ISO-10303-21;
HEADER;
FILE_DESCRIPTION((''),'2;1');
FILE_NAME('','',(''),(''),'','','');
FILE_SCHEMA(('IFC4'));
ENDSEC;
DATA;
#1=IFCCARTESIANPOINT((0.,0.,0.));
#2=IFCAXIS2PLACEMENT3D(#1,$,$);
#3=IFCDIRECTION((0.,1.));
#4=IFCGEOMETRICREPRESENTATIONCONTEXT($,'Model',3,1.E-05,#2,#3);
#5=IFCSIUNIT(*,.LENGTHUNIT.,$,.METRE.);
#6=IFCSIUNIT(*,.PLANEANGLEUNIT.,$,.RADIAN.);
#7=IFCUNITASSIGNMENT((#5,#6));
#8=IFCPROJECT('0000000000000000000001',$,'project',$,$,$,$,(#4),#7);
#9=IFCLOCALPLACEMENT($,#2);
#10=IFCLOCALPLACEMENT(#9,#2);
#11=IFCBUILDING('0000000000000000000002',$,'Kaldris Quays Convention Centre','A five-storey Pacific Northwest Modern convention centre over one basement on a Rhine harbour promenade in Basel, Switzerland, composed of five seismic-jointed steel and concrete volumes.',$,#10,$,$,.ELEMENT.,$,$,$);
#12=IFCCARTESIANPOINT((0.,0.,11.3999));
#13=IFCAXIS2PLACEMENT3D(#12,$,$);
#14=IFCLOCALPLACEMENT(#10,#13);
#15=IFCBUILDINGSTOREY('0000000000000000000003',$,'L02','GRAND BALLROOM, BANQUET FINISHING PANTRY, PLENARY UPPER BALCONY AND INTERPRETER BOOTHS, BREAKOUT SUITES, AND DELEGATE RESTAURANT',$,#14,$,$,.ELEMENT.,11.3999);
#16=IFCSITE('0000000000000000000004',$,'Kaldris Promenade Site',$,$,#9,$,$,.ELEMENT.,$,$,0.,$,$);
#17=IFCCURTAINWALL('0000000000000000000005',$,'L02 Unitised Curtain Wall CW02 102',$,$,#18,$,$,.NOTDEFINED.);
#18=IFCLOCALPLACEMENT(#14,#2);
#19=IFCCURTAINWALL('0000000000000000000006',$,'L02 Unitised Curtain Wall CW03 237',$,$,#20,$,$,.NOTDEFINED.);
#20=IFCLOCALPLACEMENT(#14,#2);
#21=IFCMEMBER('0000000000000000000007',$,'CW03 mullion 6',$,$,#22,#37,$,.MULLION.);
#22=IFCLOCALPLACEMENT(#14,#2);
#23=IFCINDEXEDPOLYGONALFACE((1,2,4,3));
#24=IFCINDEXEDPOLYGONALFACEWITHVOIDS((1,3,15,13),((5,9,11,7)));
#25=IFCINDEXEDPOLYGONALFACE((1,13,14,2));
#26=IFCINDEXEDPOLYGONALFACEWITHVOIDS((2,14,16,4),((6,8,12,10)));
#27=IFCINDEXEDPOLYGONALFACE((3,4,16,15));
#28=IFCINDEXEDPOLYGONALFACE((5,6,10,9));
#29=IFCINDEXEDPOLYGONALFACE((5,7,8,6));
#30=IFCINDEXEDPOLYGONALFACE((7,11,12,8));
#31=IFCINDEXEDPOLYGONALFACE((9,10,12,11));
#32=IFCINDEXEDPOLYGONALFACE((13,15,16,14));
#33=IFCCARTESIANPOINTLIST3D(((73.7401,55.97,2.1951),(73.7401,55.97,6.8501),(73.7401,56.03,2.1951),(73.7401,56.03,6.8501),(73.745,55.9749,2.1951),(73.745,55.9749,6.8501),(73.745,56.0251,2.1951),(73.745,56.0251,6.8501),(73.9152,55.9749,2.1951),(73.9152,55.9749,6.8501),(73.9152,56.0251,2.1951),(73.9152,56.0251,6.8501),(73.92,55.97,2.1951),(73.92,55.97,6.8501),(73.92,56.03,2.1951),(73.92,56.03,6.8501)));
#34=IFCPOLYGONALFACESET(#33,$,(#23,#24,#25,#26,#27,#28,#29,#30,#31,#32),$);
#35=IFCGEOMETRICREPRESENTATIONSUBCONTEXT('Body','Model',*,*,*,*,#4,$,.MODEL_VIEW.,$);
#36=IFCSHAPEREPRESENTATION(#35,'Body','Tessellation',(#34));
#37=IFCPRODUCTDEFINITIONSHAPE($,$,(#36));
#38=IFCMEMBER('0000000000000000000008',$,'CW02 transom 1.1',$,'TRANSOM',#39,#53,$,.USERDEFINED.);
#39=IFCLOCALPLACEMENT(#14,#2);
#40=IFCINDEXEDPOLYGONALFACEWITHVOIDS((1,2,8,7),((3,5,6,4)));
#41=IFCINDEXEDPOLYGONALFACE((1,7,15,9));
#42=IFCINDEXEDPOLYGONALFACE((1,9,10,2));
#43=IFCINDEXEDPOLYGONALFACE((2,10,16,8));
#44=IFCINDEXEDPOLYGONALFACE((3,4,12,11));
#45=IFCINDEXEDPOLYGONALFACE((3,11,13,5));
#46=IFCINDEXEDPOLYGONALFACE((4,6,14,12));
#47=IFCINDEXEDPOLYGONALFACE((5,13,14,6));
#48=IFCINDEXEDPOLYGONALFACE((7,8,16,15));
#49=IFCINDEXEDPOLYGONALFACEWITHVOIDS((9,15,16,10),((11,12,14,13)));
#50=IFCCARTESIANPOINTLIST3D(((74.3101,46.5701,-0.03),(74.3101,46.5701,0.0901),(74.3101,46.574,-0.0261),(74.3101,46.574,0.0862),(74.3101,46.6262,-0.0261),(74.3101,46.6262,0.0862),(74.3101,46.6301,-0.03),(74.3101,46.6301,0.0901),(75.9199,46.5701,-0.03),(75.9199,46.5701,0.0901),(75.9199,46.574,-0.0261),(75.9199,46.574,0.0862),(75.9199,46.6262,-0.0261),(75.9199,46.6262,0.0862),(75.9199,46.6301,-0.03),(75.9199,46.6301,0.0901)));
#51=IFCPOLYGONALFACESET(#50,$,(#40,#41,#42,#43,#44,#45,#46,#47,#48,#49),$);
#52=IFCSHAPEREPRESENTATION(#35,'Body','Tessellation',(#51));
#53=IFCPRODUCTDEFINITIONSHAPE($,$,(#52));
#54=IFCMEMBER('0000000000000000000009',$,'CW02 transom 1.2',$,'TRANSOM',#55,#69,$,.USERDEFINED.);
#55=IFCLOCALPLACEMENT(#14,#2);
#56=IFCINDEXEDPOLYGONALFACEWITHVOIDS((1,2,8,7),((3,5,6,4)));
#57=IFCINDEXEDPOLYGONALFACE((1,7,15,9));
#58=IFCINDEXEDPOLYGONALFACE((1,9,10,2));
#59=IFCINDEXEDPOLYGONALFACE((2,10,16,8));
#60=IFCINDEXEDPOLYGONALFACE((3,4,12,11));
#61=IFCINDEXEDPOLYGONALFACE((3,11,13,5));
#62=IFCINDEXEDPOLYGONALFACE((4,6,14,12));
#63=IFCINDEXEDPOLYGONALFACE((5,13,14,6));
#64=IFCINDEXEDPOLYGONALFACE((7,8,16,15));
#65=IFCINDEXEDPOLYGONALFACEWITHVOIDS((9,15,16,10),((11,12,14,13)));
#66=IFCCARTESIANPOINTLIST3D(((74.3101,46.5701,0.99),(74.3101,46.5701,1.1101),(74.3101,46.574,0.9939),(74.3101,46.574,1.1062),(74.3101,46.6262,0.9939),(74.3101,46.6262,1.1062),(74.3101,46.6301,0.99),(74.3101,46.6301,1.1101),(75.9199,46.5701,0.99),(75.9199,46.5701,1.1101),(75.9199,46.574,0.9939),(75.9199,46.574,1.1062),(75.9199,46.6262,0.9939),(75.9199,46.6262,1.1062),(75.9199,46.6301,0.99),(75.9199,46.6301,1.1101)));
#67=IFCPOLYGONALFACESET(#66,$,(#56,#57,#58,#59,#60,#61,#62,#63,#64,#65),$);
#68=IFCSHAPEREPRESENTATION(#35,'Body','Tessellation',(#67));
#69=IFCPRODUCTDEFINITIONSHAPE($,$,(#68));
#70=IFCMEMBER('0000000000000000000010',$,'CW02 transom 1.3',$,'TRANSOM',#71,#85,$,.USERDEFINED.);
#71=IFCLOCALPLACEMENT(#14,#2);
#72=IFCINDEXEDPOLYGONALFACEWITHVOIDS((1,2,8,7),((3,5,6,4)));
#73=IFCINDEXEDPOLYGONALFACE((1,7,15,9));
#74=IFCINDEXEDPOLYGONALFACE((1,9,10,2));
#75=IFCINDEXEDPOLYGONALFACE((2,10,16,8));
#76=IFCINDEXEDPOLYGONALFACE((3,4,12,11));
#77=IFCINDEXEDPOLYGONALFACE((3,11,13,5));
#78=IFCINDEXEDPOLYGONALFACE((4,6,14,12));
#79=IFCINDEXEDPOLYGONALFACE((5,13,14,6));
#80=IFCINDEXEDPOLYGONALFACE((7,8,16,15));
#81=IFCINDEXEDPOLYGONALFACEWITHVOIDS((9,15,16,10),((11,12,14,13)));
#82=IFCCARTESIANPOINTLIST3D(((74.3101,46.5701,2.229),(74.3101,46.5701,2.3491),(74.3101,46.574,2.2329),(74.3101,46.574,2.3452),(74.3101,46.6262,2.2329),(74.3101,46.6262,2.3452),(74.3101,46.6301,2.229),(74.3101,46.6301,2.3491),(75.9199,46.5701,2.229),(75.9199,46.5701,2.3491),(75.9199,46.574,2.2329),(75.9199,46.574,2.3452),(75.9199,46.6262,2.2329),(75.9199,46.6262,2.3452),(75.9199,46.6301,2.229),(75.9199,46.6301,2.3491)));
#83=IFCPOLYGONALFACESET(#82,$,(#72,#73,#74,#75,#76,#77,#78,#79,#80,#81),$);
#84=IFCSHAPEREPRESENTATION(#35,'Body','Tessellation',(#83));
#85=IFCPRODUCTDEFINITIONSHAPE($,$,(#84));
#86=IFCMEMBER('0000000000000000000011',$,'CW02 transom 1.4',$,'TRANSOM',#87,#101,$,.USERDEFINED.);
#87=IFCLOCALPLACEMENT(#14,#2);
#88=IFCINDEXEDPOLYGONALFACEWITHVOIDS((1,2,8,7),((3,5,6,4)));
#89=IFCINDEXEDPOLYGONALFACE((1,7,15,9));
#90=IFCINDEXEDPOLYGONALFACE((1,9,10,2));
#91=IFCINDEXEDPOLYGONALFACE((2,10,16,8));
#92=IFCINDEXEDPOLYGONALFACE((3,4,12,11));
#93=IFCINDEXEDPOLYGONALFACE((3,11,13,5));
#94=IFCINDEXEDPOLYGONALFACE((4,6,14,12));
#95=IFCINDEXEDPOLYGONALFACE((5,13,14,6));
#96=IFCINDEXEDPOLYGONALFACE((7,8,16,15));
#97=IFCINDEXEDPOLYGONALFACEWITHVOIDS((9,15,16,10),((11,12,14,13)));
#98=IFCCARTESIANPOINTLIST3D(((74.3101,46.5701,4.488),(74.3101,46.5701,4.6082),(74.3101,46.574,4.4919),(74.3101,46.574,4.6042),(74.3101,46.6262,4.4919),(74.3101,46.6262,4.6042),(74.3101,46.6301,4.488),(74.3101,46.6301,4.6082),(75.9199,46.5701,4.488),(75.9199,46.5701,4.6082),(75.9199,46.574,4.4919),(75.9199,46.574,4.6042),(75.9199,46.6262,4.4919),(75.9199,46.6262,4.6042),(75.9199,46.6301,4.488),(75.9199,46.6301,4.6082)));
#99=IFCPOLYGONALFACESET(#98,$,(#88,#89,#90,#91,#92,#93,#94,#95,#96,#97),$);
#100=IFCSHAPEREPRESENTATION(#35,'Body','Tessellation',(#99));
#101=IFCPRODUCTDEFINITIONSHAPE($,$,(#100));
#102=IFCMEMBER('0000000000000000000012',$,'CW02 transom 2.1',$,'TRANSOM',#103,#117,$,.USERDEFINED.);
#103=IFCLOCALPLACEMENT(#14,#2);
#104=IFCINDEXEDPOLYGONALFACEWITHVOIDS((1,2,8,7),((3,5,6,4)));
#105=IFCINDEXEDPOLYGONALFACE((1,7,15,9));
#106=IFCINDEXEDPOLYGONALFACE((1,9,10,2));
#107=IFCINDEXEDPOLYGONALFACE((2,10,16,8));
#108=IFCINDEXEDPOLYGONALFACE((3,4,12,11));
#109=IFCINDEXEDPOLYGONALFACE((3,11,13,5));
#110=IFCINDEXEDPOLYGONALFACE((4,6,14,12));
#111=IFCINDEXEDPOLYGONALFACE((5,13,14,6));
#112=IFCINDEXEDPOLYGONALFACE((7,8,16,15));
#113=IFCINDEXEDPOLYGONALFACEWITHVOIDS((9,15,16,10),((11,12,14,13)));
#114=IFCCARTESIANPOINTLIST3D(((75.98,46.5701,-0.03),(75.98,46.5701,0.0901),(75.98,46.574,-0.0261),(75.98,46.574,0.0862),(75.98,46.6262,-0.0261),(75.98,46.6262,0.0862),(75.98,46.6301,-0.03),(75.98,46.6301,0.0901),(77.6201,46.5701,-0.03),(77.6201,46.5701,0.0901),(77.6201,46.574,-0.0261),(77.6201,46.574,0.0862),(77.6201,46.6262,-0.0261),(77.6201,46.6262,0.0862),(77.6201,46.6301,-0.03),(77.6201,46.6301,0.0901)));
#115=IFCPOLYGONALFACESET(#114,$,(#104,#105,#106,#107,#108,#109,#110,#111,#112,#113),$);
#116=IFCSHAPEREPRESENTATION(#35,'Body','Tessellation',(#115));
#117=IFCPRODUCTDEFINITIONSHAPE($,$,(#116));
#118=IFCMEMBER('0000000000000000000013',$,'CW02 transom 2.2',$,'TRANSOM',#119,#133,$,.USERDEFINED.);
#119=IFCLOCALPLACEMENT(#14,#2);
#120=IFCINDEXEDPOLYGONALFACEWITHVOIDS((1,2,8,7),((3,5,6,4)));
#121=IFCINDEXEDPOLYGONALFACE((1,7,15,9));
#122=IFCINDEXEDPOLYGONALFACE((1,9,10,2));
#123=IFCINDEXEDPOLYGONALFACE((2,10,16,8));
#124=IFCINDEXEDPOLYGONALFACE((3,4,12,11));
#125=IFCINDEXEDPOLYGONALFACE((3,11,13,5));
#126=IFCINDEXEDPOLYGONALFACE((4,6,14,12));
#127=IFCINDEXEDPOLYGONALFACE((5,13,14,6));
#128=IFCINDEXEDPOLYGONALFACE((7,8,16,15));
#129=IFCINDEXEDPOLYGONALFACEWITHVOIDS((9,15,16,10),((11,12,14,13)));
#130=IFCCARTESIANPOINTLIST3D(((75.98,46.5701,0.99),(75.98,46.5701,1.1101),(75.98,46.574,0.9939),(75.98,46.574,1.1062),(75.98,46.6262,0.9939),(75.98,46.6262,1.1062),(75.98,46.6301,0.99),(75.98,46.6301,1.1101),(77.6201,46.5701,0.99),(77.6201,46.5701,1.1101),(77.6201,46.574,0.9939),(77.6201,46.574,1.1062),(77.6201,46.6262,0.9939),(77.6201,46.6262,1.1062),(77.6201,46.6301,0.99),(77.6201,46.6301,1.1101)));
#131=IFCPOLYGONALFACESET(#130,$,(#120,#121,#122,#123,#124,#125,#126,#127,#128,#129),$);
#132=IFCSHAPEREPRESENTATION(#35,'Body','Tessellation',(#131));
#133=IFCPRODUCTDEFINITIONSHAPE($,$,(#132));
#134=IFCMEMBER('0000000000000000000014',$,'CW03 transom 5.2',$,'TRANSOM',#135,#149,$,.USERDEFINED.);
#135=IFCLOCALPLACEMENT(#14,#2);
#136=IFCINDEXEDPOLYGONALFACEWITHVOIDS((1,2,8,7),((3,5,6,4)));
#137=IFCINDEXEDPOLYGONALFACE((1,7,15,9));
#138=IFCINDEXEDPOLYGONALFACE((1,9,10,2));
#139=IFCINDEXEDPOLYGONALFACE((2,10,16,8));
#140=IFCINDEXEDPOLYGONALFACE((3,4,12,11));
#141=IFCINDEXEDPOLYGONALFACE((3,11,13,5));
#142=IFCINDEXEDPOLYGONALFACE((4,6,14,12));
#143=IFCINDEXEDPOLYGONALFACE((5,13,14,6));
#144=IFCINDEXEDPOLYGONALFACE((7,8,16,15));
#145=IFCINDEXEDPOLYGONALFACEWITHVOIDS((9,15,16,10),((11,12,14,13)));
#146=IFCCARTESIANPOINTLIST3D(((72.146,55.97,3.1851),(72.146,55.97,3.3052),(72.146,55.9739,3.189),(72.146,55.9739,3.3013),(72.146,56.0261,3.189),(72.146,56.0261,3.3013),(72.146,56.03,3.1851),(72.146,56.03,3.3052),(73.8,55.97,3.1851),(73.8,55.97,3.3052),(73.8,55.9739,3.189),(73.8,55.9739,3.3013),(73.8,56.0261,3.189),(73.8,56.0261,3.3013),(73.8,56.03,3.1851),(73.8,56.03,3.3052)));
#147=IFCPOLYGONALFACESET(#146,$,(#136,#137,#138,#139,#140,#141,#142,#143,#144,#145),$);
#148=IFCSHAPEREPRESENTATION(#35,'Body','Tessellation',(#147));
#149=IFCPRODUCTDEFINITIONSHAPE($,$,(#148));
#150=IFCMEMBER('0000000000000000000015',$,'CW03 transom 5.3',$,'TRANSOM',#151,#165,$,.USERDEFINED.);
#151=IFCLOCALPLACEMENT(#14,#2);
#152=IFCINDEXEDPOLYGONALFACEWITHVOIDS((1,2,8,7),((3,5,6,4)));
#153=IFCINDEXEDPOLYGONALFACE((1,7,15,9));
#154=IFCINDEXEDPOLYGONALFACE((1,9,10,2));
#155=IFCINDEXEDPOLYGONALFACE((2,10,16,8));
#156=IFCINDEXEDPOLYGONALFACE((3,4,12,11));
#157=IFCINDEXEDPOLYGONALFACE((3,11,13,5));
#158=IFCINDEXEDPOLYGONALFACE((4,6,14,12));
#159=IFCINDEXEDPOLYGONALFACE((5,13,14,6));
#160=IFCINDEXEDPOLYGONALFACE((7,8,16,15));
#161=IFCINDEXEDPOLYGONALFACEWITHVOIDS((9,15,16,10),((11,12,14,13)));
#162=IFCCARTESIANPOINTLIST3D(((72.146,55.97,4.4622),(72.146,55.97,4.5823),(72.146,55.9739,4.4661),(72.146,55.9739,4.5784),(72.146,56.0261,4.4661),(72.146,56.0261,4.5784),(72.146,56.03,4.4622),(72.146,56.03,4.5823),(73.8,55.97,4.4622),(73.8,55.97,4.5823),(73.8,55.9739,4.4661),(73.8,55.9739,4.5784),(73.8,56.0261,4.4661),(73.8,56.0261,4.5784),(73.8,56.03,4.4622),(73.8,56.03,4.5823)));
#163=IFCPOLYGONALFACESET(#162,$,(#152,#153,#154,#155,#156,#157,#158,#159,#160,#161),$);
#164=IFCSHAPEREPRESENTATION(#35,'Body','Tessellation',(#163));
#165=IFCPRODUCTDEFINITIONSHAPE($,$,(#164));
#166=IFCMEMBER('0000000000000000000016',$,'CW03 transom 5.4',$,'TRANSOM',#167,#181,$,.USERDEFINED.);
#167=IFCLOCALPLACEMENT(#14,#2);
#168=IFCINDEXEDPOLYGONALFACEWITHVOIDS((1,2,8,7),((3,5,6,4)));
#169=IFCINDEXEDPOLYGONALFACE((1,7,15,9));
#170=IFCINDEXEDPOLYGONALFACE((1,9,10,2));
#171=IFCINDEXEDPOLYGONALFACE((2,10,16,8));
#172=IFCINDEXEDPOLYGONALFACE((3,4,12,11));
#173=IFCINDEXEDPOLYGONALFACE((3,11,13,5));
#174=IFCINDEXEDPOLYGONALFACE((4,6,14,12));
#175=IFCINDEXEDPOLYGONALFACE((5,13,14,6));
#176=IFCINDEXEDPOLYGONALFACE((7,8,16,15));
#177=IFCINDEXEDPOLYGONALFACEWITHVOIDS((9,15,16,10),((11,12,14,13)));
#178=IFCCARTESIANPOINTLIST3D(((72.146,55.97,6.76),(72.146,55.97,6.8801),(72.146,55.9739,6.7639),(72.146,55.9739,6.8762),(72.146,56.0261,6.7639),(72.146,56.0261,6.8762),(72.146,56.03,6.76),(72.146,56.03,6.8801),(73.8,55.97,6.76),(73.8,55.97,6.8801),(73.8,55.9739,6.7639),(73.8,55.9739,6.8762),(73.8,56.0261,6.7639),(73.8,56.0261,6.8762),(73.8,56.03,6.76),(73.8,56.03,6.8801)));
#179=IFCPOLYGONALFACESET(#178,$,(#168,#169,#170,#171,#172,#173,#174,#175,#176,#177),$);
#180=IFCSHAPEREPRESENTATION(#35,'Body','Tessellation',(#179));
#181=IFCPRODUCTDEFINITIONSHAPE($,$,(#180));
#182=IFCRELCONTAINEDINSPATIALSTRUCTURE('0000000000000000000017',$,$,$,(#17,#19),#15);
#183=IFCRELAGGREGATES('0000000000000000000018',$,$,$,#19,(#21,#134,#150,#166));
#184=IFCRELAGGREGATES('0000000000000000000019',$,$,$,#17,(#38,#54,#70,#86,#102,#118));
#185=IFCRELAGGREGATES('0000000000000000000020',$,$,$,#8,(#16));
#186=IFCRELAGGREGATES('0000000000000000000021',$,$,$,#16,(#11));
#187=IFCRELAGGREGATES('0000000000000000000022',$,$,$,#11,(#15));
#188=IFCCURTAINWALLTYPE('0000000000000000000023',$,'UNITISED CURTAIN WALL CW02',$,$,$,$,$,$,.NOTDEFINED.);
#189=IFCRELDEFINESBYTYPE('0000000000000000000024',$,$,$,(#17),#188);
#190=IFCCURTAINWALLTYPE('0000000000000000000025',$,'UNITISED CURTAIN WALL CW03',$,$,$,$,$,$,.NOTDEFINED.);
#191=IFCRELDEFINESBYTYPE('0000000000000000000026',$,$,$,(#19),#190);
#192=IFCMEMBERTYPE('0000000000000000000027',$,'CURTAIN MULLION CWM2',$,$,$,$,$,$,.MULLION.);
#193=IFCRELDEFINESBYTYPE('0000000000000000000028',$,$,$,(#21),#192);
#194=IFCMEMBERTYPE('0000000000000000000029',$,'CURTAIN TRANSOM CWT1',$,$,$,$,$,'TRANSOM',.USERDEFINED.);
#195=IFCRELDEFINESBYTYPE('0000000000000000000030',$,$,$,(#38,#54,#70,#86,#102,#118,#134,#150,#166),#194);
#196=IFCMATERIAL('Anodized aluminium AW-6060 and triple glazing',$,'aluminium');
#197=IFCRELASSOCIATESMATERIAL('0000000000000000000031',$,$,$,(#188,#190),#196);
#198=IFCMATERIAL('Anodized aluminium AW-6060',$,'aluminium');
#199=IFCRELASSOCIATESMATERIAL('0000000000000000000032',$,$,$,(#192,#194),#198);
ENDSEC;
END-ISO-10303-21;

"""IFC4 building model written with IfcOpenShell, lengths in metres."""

from ifc_helpers import new_model, si_unit, direction, frame, origin, origin_2d, place, context, subcontext, project, spatial, hollow_rectangle, extrude, material, material_profile, profile_set, type_object, element, aggregate, save


model = new_model("IFC4")

# Units and contexts
model_context = context("Model", 3, precision=1e-05, world=origin(), true_north=direction((0.0, 1.0)))
body_context = subcontext(model_context, "Body", "Model", "MODEL_VIEW")
ifc_project = project(units=[si_unit("LENGTHUNIT", "METRE"), si_unit("PLANEANGLEUNIT", "RADIAN")], contexts=[model_context])

# Site, building, storey
site_placement = place(None, origin())
site = spatial("IfcSite", under=ifc_project, at=site_placement, Name="Kaldris Promenade Site", CompositionType="ELEMENT", RefElevation=0.0)
building_placement = place(site_placement, origin())
building = spatial("IfcBuilding", under=site, at=building_placement, Name="Kaldris Quays Convention Centre", Description="A five-storey Pacific Northwest Modern convention centre over one basement on a Rhine harbour promenade in Basel, Switzerland, composed of five seismic-jointed steel and concrete volumes.", CompositionType="ELEMENT")
storey_placement = place(building_placement, frame((0.0, 0.0, 11.3999)))
storey = spatial("IfcBuildingStorey", under=building, at=storey_placement, Name="L02", Description="GRAND BALLROOM, BANQUET FINISHING PANTRY, PLENARY UPPER BALCONY AND INTERPRETER BOOTHS, BREAKOUT SUITES, AND DELEGATE RESTAURANT", CompositionType="ELEMENT", Elevation=11.3999)

# Shared definitions
ifc_material_1 = material(Name="Anodized aluminium AW-6060 and triple glazing", Category="aluminium")
curtain_wall_type_1 = type_object("IfcCurtainWallType", Name="UNITISED CURTAIN WALL CW02", PredefinedType="NOTDEFINED", material=ifc_material_1)
ifc_material_2 = material(Name="Anodized aluminium AW-6060", Category="aluminium")
ifc_material_profile_1 = material_profile(ifc_material_2, hollow_rectangle(XDim=0.0601, YDim=0.1799, WallThickness=0.0049, at=origin_2d()), Name="RHS 180x60x5")
ifc_profile_set_1 = profile_set([ifc_material_profile_1], Name="Anodized aluminium AW-6060")
member_type_1 = type_object("IfcMemberType", Name="CURTAIN MULLION CWM2", PredefinedType="MULLION", material=ifc_profile_set_1)

# Curtain wall
curtain_wall_1_placement = place(storey_placement, origin())
curtain_wall_1 = element("IfcCurtainWall", 1, at=curtain_wall_1_placement, inside=storey, type_object=curtain_wall_type_1, Name="L02 Unitised Curtain Wall CW02 102", PredefinedType="NOTDEFINED")

# Curtain wall, member
curtain_wall_type_2 = type_object("IfcCurtainWallType", Name="UNITISED CURTAIN WALL CW03", PredefinedType="NOTDEFINED", material=ifc_material_1)
curtain_wall_2_placement = place(storey_placement, origin())
curtain_wall_2 = element("IfcCurtainWall", 2, at=curtain_wall_2_placement, inside=storey, type_object=curtain_wall_type_2, Name="L02 Unitised Curtain Wall CW03 237", PredefinedType="NOTDEFINED")
member_1_placement = place(storey_placement, frame((73.8301, 56.0, 2.1951), z_axis=(0.0, 0.0, 1.0), x_axis=(0.0, 1.0, 0.0)))
member_1 = element("IfcMember", 3, at=member_1_placement, type_object=member_type_1, Name="CW03 mullion 6", PredefinedType="MULLION", context=body_context, shape_type="SweptSolid", body=[
    extrude(hollow_rectangle(XDim=0.0601, YDim=0.1799, WallThickness=0.0049, at=origin_2d()), origin(), (0.0, 0.0, 1.0), 4.655),
])

# Members
ifc_material_profile_2 = material_profile(ifc_material_2, hollow_rectangle(XDim=0.0601, YDim=0.1201, WallThickness=0.0039, at=origin_2d()), Name="RHS 120x60x4")
ifc_profile_set_2 = profile_set([ifc_material_profile_2], Name="Anodized aluminium AW-6060")
member_type_2 = type_object("IfcMemberType", Name="CURTAIN TRANSOM CWT1", ElementType="TRANSOM", PredefinedType="USERDEFINED", material=ifc_profile_set_2)
member_2_placement = place(storey_placement, frame((74.3101, 46.6001, 0.03), z_axis=(1.0, 0.0, 0.0), x_axis=(0.0, 1.0, 0.0)))
member_2 = element("IfcMember", 4, at=member_2_placement, type_object=member_type_2, Name="CW02 transom 1.1", ObjectType="TRANSOM", PredefinedType="USERDEFINED", context=body_context, shape_type="SweptSolid", body=[
    extrude(hollow_rectangle(XDim=0.0601, YDim=0.1201, WallThickness=0.0039, at=origin_2d()), origin(), (0.0, 0.0, 1.0), 1.6099),
])
member_3_placement = place(storey_placement, frame((74.3101, 46.6001, 1.05), z_axis=(1.0, 0.0, 0.0), x_axis=(0.0, 1.0, 0.0)))
member_3 = element("IfcMember", 5, at=member_3_placement, type_object=member_type_2, Name="CW02 transom 1.2", ObjectType="TRANSOM", PredefinedType="USERDEFINED", context=body_context, shape_type="SweptSolid", body=[
    extrude(hollow_rectangle(XDim=0.0601, YDim=0.1201, WallThickness=0.0039, at=origin_2d()), origin(), (0.0, 0.0, 1.0), 1.6099),
])
member_4_placement = place(storey_placement, frame((74.3101, 46.6001, 2.2891), z_axis=(1.0, 0.0, 0.0), x_axis=(0.0, 1.0, 0.0)))
member_4 = element("IfcMember", 6, at=member_4_placement, type_object=member_type_2, Name="CW02 transom 1.3", ObjectType="TRANSOM", PredefinedType="USERDEFINED", context=body_context, shape_type="SweptSolid", body=[
    extrude(hollow_rectangle(XDim=0.0601, YDim=0.1201, WallThickness=0.0039, at=origin_2d()), origin(), (0.0, 0.0, 1.0), 1.6099),
])
member_5_placement = place(storey_placement, frame((74.3101, 46.6001, 4.5481), z_axis=(1.0, 0.0, 0.0), x_axis=(0.0, 1.0, 0.0)))
member_5 = element("IfcMember", 7, at=member_5_placement, type_object=member_type_2, Name="CW02 transom 1.4", ObjectType="TRANSOM", PredefinedType="USERDEFINED", context=body_context, shape_type="SweptSolid", body=[
    extrude(hollow_rectangle(XDim=0.0601, YDim=0.1201, WallThickness=0.0039, at=origin_2d()), origin(), (0.0, 0.0, 1.0), 1.6099),
])
member_6_placement = place(storey_placement, frame((75.98, 46.6001, 0.03), z_axis=(1.0, 0.0, 0.0), x_axis=(0.0, 1.0, 0.0)))
member_6 = element("IfcMember", 8, at=member_6_placement, type_object=member_type_2, Name="CW02 transom 2.1", ObjectType="TRANSOM", PredefinedType="USERDEFINED", context=body_context, shape_type="SweptSolid", body=[
    extrude(hollow_rectangle(XDim=0.0601, YDim=0.1201, WallThickness=0.0039, at=origin_2d()), origin(), (0.0, 0.0, 1.0), 1.6401),
])
member_7_placement = place(storey_placement, frame((75.98, 46.6001, 1.05), z_axis=(1.0, 0.0, 0.0), x_axis=(0.0, 1.0, 0.0)))
member_7 = element("IfcMember", 9, at=member_7_placement, type_object=member_type_2, Name="CW02 transom 2.2", ObjectType="TRANSOM", PredefinedType="USERDEFINED", context=body_context, shape_type="SweptSolid", body=[
    extrude(hollow_rectangle(XDim=0.0601, YDim=0.1201, WallThickness=0.0039, at=origin_2d()), origin(), (0.0, 0.0, 1.0), 1.6401),
])
member_8_placement = place(storey_placement, frame((72.146, 56.0, 3.2451), z_axis=(1.0, 0.0, 0.0), x_axis=(0.0, 1.0, 0.0)))
member_8 = element("IfcMember", 10, at=member_8_placement, type_object=member_type_2, Name="CW03 transom 5.2", ObjectType="TRANSOM", PredefinedType="USERDEFINED", context=body_context, shape_type="SweptSolid", body=[
    extrude(hollow_rectangle(XDim=0.0601, YDim=0.1201, WallThickness=0.0039, at=origin_2d()), origin(), (0.0, 0.0, 1.0), 1.6541),
])
member_9_placement = place(storey_placement, frame((72.146, 56.0, 4.5222), z_axis=(1.0, 0.0, 0.0), x_axis=(0.0, 1.0, 0.0)))
member_9 = element("IfcMember", 11, at=member_9_placement, type_object=member_type_2, Name="CW03 transom 5.3", ObjectType="TRANSOM", PredefinedType="USERDEFINED", context=body_context, shape_type="SweptSolid", body=[
    extrude(hollow_rectangle(XDim=0.0601, YDim=0.1201, WallThickness=0.0039, at=origin_2d()), origin(), (0.0, 0.0, 1.0), 1.6541),
])
member_10_placement = place(storey_placement, frame((72.146, 56.0, 6.8201), z_axis=(1.0, 0.0, 0.0), x_axis=(0.0, 1.0, 0.0)))
member_10 = element("IfcMember", 12, at=member_10_placement, type_object=member_type_2, Name="CW03 transom 5.4", ObjectType="TRANSOM", PredefinedType="USERDEFINED", context=body_context, shape_type="SweptSolid", body=[
    extrude(hollow_rectangle(XDim=0.0601, YDim=0.1201, WallThickness=0.0039, at=origin_2d()), origin(), (0.0, 0.0, 1.0), 1.6541),
])

aggregate(curtain_wall_2, [member_1, member_8, member_9, member_10])
aggregate(curtain_wall_1, [member_2, member_3, member_4, member_5, member_6, member_7])

save(model, "model.ifc")
